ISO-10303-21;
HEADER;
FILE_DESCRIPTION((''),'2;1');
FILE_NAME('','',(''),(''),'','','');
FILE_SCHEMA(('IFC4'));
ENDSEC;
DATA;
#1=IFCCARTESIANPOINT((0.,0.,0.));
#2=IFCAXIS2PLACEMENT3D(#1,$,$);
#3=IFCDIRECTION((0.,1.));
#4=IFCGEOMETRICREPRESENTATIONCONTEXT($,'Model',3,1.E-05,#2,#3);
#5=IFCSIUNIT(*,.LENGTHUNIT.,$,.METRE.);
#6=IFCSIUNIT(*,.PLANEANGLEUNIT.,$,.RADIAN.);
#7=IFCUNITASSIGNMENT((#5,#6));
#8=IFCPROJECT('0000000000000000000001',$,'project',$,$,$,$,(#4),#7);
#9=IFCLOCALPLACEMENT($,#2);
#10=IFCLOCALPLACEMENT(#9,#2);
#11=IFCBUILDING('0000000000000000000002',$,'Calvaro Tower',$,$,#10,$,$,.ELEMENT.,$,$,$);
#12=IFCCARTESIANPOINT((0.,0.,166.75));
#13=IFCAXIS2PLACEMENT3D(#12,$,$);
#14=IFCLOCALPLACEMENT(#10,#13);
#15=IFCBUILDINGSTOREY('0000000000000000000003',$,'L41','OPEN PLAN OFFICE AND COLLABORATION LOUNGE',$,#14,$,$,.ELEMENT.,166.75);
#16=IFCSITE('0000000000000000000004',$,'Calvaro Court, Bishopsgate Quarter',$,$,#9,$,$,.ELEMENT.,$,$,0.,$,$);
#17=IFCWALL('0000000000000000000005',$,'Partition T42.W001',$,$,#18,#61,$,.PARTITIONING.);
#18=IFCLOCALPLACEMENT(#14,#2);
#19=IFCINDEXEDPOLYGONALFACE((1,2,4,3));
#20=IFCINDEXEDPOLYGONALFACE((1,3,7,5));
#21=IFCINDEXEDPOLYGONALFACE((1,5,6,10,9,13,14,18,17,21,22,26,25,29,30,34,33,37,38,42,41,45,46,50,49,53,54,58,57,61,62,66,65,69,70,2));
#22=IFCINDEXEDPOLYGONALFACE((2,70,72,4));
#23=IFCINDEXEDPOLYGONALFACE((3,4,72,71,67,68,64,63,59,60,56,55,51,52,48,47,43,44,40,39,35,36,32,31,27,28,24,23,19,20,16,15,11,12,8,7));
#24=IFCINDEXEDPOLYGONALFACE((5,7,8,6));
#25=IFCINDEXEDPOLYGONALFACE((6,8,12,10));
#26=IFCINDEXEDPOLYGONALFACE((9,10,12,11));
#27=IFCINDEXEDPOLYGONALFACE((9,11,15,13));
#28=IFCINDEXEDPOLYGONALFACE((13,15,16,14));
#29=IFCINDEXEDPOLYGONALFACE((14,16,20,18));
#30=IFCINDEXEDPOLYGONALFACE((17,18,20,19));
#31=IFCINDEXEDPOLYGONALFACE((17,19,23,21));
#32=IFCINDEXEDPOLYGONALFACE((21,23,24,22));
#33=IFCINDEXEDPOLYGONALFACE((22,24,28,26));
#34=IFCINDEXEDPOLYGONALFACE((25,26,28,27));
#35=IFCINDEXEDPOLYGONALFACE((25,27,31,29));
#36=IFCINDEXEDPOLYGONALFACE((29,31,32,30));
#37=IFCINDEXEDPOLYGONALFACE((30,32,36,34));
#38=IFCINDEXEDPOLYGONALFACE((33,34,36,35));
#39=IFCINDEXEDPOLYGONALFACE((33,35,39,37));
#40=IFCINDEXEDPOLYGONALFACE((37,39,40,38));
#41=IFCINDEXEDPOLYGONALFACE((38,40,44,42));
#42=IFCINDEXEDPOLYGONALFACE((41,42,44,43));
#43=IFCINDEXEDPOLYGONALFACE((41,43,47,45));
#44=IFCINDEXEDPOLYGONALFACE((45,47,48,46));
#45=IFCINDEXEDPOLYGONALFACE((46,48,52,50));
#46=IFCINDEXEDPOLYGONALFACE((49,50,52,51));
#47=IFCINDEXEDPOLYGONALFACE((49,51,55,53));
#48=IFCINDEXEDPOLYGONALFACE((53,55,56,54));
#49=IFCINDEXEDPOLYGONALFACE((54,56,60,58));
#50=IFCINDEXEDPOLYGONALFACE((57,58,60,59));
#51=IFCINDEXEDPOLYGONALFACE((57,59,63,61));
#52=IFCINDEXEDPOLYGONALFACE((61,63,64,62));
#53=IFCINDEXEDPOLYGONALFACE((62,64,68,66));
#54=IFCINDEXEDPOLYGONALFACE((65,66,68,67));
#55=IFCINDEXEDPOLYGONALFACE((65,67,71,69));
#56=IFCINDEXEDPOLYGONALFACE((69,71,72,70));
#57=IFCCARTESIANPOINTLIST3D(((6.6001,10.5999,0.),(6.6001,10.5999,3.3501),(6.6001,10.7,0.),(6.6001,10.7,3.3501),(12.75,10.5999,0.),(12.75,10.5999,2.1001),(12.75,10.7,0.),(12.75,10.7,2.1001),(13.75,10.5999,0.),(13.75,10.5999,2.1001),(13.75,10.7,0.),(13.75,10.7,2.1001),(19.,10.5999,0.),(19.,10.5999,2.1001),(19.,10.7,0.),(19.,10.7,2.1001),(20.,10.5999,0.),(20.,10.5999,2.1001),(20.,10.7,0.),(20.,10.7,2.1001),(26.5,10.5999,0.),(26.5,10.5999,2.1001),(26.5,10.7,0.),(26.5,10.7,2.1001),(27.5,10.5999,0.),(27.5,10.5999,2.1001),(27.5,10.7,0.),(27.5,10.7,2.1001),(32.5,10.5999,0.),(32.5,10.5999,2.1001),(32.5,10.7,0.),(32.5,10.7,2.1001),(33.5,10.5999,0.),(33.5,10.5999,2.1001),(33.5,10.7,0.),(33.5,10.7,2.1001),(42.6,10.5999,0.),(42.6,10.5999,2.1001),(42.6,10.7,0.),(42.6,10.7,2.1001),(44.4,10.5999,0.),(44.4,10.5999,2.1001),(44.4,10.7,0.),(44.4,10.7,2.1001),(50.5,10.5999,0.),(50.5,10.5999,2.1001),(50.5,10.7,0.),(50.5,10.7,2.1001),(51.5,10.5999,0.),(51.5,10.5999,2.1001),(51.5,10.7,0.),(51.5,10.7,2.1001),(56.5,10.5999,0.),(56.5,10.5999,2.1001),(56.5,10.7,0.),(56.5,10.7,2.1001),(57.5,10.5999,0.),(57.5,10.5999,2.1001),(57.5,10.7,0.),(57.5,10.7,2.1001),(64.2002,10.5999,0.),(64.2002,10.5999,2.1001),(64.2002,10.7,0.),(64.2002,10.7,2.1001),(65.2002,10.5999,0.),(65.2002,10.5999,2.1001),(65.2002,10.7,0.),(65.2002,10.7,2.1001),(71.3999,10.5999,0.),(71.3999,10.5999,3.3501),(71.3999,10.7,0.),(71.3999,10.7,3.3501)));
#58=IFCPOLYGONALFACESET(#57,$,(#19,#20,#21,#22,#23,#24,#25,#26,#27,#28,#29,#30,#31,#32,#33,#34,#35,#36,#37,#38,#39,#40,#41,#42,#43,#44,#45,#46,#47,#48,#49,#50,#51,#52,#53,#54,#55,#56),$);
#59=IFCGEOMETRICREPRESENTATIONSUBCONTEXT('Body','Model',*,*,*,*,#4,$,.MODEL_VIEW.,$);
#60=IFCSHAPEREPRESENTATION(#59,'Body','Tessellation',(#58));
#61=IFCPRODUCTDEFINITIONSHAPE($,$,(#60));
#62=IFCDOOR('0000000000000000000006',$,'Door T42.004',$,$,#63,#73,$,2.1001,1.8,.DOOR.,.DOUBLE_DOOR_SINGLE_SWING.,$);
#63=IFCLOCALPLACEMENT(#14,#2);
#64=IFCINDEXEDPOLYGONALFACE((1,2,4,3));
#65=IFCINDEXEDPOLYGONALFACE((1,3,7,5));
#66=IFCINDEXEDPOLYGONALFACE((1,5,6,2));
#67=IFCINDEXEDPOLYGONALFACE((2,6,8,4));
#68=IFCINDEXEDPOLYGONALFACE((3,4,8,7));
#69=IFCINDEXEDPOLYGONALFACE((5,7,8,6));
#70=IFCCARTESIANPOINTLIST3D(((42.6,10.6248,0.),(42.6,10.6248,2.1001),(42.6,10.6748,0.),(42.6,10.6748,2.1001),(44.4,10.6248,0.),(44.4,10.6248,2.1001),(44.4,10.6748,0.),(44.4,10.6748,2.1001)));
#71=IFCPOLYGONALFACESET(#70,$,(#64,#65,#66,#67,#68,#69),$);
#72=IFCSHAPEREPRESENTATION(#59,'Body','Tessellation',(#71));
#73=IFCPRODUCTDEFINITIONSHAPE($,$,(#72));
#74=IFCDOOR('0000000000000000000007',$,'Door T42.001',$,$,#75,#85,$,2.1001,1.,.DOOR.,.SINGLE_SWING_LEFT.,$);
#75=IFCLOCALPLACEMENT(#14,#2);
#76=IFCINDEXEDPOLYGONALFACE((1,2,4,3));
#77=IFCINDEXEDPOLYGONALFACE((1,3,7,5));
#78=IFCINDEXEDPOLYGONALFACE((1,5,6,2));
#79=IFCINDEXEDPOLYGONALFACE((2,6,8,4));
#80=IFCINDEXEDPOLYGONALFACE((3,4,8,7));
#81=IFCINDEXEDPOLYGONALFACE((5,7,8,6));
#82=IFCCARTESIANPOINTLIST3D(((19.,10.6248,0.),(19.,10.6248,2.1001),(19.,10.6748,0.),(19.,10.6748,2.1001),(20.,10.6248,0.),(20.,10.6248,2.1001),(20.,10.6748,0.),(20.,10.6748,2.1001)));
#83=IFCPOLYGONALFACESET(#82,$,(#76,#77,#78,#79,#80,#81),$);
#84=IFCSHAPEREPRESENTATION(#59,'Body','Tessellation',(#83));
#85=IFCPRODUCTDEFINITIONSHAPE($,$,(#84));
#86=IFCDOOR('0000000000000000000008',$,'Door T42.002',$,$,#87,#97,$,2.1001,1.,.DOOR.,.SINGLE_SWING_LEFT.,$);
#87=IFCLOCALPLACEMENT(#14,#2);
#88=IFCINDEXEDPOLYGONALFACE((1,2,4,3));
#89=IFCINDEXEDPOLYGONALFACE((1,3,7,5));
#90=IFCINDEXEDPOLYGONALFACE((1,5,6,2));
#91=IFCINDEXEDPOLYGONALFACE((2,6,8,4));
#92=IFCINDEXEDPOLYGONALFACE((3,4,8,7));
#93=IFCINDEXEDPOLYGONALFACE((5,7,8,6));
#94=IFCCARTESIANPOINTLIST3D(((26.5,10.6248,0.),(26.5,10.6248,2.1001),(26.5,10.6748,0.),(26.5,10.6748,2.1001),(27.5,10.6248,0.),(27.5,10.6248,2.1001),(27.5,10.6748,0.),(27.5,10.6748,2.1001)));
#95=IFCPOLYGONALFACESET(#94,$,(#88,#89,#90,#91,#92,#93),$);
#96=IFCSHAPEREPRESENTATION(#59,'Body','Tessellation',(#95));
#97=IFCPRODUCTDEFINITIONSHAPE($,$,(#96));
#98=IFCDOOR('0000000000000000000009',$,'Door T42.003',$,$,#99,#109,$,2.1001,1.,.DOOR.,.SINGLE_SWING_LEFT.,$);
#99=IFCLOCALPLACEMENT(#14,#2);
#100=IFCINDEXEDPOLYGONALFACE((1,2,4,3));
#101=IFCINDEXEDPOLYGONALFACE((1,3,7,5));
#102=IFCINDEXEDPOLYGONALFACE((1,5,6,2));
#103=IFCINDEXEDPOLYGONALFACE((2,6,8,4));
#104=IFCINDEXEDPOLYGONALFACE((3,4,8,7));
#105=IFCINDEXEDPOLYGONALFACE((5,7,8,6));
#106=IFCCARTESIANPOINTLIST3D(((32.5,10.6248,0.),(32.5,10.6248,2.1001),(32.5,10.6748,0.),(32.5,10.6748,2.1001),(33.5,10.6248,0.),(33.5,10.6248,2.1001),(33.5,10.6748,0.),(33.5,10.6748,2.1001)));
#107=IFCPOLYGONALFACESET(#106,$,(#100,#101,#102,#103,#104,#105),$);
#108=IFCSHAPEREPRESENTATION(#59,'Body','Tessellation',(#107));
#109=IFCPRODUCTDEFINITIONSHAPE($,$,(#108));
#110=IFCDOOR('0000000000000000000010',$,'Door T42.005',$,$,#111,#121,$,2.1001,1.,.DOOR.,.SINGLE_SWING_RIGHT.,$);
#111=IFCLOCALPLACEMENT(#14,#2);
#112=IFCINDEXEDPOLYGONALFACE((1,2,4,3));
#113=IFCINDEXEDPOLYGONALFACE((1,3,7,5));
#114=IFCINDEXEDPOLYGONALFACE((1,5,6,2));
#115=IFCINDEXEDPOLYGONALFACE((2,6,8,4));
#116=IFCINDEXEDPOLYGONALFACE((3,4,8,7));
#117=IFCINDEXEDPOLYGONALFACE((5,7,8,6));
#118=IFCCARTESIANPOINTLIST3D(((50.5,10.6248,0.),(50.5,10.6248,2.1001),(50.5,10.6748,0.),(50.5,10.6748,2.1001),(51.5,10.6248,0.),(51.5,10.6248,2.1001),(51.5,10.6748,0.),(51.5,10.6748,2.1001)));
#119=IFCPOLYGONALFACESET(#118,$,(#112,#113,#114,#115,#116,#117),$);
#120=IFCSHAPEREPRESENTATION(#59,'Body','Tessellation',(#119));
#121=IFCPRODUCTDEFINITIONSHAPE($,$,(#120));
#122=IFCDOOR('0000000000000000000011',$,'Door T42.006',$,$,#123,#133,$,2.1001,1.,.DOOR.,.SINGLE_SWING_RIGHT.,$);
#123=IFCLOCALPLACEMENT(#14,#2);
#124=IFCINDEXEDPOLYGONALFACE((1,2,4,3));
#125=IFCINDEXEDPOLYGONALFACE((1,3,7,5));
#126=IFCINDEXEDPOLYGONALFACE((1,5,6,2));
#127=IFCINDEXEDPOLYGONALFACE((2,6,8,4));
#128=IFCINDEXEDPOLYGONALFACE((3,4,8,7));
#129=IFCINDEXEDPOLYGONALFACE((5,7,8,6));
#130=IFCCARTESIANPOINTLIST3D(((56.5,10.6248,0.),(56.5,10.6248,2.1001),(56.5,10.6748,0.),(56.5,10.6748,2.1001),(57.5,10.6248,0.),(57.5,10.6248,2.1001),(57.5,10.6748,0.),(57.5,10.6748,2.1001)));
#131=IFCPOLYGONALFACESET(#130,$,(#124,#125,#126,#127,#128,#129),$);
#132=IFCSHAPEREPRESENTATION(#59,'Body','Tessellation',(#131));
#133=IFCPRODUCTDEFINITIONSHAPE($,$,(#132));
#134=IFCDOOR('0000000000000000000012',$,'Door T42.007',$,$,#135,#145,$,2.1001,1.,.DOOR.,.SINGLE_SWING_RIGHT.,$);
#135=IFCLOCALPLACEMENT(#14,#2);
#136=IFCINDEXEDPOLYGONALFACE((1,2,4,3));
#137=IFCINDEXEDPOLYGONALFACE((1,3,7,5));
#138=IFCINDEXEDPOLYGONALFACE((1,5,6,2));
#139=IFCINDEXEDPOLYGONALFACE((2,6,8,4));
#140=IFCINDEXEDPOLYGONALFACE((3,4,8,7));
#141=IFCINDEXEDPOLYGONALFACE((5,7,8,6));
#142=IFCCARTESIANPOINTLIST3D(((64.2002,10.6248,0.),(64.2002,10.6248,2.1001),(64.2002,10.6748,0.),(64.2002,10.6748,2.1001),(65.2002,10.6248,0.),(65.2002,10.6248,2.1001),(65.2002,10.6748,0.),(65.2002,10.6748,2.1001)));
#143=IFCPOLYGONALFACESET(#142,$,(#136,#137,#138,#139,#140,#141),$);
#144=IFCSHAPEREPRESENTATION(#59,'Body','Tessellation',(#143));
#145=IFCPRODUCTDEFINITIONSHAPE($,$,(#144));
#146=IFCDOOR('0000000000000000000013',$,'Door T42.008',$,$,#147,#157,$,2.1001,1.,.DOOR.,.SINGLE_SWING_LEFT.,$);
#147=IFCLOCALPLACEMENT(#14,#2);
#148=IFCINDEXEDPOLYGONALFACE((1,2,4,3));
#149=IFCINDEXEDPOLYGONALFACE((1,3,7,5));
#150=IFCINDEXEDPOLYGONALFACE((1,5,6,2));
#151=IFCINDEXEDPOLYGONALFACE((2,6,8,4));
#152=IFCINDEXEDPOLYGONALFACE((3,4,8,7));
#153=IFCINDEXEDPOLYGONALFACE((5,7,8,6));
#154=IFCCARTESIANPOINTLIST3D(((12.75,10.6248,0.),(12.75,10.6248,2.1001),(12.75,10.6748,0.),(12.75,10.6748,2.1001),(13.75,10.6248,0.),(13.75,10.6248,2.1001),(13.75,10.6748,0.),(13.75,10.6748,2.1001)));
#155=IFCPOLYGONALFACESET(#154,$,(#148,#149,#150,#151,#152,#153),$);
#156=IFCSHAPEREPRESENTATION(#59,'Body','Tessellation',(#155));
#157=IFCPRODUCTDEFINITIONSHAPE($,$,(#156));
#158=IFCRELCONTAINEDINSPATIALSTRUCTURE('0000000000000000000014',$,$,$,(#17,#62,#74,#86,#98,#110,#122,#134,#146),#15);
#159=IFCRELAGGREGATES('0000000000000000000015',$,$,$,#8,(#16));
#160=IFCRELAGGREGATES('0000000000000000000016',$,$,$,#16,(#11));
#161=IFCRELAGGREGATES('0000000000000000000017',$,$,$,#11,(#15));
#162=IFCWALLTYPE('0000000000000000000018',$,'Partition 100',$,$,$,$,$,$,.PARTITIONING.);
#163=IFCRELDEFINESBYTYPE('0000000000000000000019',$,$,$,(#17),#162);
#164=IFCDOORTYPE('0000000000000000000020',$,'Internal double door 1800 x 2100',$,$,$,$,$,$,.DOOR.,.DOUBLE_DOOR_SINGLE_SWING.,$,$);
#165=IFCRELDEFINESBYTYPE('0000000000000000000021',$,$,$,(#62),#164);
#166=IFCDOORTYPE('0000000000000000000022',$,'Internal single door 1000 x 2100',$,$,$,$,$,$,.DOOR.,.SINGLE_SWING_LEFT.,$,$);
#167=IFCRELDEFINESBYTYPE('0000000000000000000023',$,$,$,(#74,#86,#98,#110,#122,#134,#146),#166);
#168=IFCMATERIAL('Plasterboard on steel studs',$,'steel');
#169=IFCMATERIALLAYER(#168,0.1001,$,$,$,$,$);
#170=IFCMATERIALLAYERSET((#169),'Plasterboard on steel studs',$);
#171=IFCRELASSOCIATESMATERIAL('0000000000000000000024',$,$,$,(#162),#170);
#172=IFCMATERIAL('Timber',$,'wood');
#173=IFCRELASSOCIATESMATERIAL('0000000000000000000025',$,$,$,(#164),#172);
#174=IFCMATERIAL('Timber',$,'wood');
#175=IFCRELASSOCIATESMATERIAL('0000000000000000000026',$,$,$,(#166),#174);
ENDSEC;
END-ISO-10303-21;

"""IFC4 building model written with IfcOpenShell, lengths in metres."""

from ifc_helpers import new_model, si_unit, direction, frame, frame_2d, origin, place, context, subcontext, project, spatial, rectangle, extrude, material, layer, layer_set, type_object, element, fill, save


model = new_model("IFC4")

# Units and contexts
model_context = context("Model", 3, precision=1e-05, world=origin(), true_north=direction((0.0, 1.0)))
body_context = subcontext(model_context, "Body", "Model", "MODEL_VIEW")
ifc_project = project(units=[si_unit("LENGTHUNIT", "METRE"), si_unit("PLANEANGLEUNIT", "RADIAN")], contexts=[model_context])

# Site, building, storey
site_placement = place(None, origin())
site = spatial("IfcSite", under=ifc_project, at=site_placement, Name="Calvaro Court, Bishopsgate Quarter", CompositionType="ELEMENT", RefElevation=0.0)
building_placement = place(site_placement, origin())
building = spatial("IfcBuilding", under=site, at=building_placement, Name="Calvaro Tower", CompositionType="ELEMENT")
storey_placement = place(building_placement, frame((0.0, 0.0, 166.75)))
storey = spatial("IfcBuildingStorey", under=building, at=storey_placement, Name="L41", Description="OPEN PLAN OFFICE AND COLLABORATION LOUNGE", CompositionType="ELEMENT", Elevation=166.75)

# Wall, openings, doors
ifc_material_1 = material(Name="Plasterboard on steel studs", Category="steel")
ifc_layer_1 = layer(ifc_material_1, 0.1001)
ifc_layer_set_1 = layer_set([ifc_layer_1], Name="Plasterboard on steel studs")
wall_type_1 = type_object("IfcWallType", Name="Partition 100", PredefinedType="PARTITIONING", material=ifc_layer_set_1)
wall_1_placement = place(storey_placement, frame((6.6001, 10.6499, 0.0), z_axis=(0.0, 0.0, 1.0), x_axis=(1.0, 0.0, 0.0)))
wall_1 = element("IfcWall", 1, at=wall_1_placement, inside=storey, type_object=wall_type_1, Name="Partition T42.W001", PredefinedType="PARTITIONING", context=body_context, shape_type="SweptSolid", body=[
    extrude(rectangle(XDim=64.7998, YDim=0.1001, at=frame_2d((32.3999, 0.0))), origin(), (0.0, 0.0, 1.0), 3.3501),
])
opening_1_placement = place(wall_1_placement, frame((12.3999, 0.0, 0.0)))
opening_1 = element("IfcOpeningElement", 2, at=opening_1_placement, cuts=wall_1, PredefinedType="OPENING", context=body_context, shape_type="SweptSolid", body=[
    extrude(rectangle(XDim=1.0, YDim=2.1001, at=frame_2d((0.5, 1.05))), frame((0.0, 0.0601, 0.0), z_axis=(0.0, -1.0, 0.0), x_axis=(1.0, 0.0, 0.0)), (0.0, 0.0, 1.0), 0.1201),
])
opening_2_placement = place(wall_1_placement, frame((19.8999, 0.0, 0.0)))
opening_2 = element("IfcOpeningElement", 3, at=opening_2_placement, cuts=wall_1, PredefinedType="OPENING", context=body_context, shape_type="SweptSolid", body=[
    extrude(rectangle(XDim=1.0, YDim=2.1001, at=frame_2d((0.5, 1.05))), frame((0.0, 0.0601, 0.0), z_axis=(0.0, -1.0, 0.0), x_axis=(1.0, 0.0, 0.0)), (0.0, 0.0, 1.0), 0.1201),
])
opening_3_placement = place(wall_1_placement, frame((25.8999, 0.0, 0.0)))
opening_3 = element("IfcOpeningElement", 4, at=opening_3_placement, cuts=wall_1, PredefinedType="OPENING", context=body_context, shape_type="SweptSolid", body=[
    extrude(rectangle(XDim=1.0, YDim=2.1001, at=frame_2d((0.5, 1.05))), frame((0.0, 0.0601, 0.0), z_axis=(0.0, -1.0, 0.0), x_axis=(1.0, 0.0, 0.0)), (0.0, 0.0, 1.0), 0.1201),
])
opening_4_placement = place(wall_1_placement, frame((36.0, 0.0, 0.0)))
opening_4 = element("IfcOpeningElement", 5, at=opening_4_placement, cuts=wall_1, PredefinedType="OPENING", context=body_context, shape_type="SweptSolid", body=[
    extrude(rectangle(XDim=1.8, YDim=2.1001, at=frame_2d((0.8999, 1.05))), frame((0.0, 0.0601, 0.0), z_axis=(0.0, -1.0, 0.0), x_axis=(1.0, 0.0, 0.0)), (0.0, 0.0, 1.0), 0.1201),
])
opening_5_placement = place(wall_1_placement, frame((43.8999, 0.0, 0.0)))
opening_5 = element("IfcOpeningElement", 6, at=opening_5_placement, cuts=wall_1, PredefinedType="OPENING", context=body_context, shape_type="SweptSolid", body=[
    extrude(rectangle(XDim=1.0, YDim=2.1001, at=frame_2d((0.5, 1.05))), frame((0.0, 0.0601, 0.0), z_axis=(0.0, -1.0, 0.0), x_axis=(1.0, 0.0, 0.0)), (0.0, 0.0, 1.0), 0.1201),
])
opening_6_placement = place(wall_1_placement, frame((49.8999, 0.0, 0.0)))
opening_6 = element("IfcOpeningElement", 7, at=opening_6_placement, cuts=wall_1, PredefinedType="OPENING", context=body_context, shape_type="SweptSolid", body=[
    extrude(rectangle(XDim=1.0, YDim=2.1001, at=frame_2d((0.5, 1.05))), frame((0.0, 0.0601, 0.0), z_axis=(0.0, -1.0, 0.0), x_axis=(1.0, 0.0, 0.0)), (0.0, 0.0, 1.0), 0.1201),
])
opening_7_placement = place(wall_1_placement, frame((57.6001, 0.0, 0.0)))
opening_7 = element("IfcOpeningElement", 8, at=opening_7_placement, cuts=wall_1, PredefinedType="OPENING", context=body_context, shape_type="SweptSolid", body=[
    extrude(rectangle(XDim=1.0, YDim=2.1001, at=frame_2d((0.5, 1.05))), frame((0.0, 0.0601, 0.0), z_axis=(0.0, -1.0, 0.0), x_axis=(1.0, 0.0, 0.0)), (0.0, 0.0, 1.0), 0.1201),
])
opening_8_placement = place(wall_1_placement, frame((6.1499, 0.0, 0.0)))
opening_8 = element("IfcOpeningElement", 9, at=opening_8_placement, cuts=wall_1, PredefinedType="OPENING", context=body_context, shape_type="SweptSolid", body=[
    extrude(rectangle(XDim=1.0, YDim=2.1001, at=frame_2d((0.5, 1.05))), frame((0.0, 0.0601, 0.0), z_axis=(0.0, -1.0, 0.0), x_axis=(1.0, 0.0, 0.0)), (0.0, 0.0, 1.0), 0.1201),
])
ifc_material_2 = material(Name="Timber", Category="wood")
door_type_1 = type_object("IfcDoorType", Name="Internal double door 1800 x 2100", OperationType="DOUBLE_DOOR_SINGLE_SWING", PredefinedType="DOOR", material=ifc_material_2)
door_1_placement = place(opening_4_placement, origin())
door_1 = element("IfcDoor", 10, at=door_1_placement, inside=storey, type_object=door_type_1, Name="Door T42.004", OperationType="DOUBLE_DOOR_SINGLE_SWING", OverallHeight=2.1001, OverallWidth=1.8, PredefinedType="DOOR", context=body_context, shape_type="SweptSolid", body=[
    extrude(rectangle(XDim=1.8, YDim=2.1001, at=frame_2d((0.8999, 1.05))), frame((0.0, 0.0249, 0.0), z_axis=(0.0, -1.0, 0.0), x_axis=(1.0, 0.0, 0.0)), (0.0, 0.0, 1.0), 0.05),
])
fill(opening_4, door_1)
ifc_material_3 = material(Name="Timber", Category="wood")
door_type_2 = type_object("IfcDoorType", Name="Internal single door 1000 x 2100", OperationType="SINGLE_SWING_LEFT", PredefinedType="DOOR", material=ifc_material_3)
door_2_placement = place(opening_1_placement, origin())
door_2 = element("IfcDoor", 11, at=door_2_placement, inside=storey, type_object=door_type_2, Name="Door T42.001", OperationType="SINGLE_SWING_LEFT", OverallHeight=2.1001, OverallWidth=1.0, PredefinedType="DOOR", context=body_context, shape_type="SweptSolid", body=[
    extrude(rectangle(XDim=1.0, YDim=2.1001, at=frame_2d((0.5, 1.05))), frame((0.0, 0.0249, 0.0), z_axis=(0.0, -1.0, 0.0), x_axis=(1.0, 0.0, 0.0)), (0.0, 0.0, 1.0), 0.05),
])
fill(opening_1, door_2)
door_3_placement = place(opening_2_placement, origin())
door_3 = element("IfcDoor", 12, at=door_3_placement, inside=storey, type_object=door_type_2, Name="Door T42.002", OperationType="SINGLE_SWING_LEFT", OverallHeight=2.1001, OverallWidth=1.0, PredefinedType="DOOR", context=body_context, shape_type="SweptSolid", body=[
    extrude(rectangle(XDim=1.0, YDim=2.1001, at=frame_2d((0.5, 1.05))), frame((0.0, 0.0249, 0.0), z_axis=(0.0, -1.0, 0.0), x_axis=(1.0, 0.0, 0.0)), (0.0, 0.0, 1.0), 0.05),
])
fill(opening_2, door_3)
door_4_placement = place(opening_3_placement, origin())
door_4 = element("IfcDoor", 13, at=door_4_placement, inside=storey, type_object=door_type_2, Name="Door T42.003", OperationType="SINGLE_SWING_LEFT", OverallHeight=2.1001, OverallWidth=1.0, PredefinedType="DOOR", context=body_context, shape_type="SweptSolid", body=[
    extrude(rectangle(XDim=1.0, YDim=2.1001, at=frame_2d((0.5, 1.05))), frame((0.0, 0.0249, 0.0), z_axis=(0.0, -1.0, 0.0), x_axis=(1.0, 0.0, 0.0)), (0.0, 0.0, 1.0), 0.05),
])
fill(opening_3, door_4)
door_5_placement = place(opening_5_placement, origin())
door_5 = element("IfcDoor", 14, at=door_5_placement, inside=storey, type_object=door_type_2, Name="Door T42.005", OperationType="SINGLE_SWING_RIGHT", OverallHeight=2.1001, OverallWidth=1.0, PredefinedType="DOOR", context=body_context, shape_type="SweptSolid", body=[
    extrude(rectangle(XDim=1.0, YDim=2.1001, at=frame_2d((0.5, 1.05))), frame((0.0, 0.0249, 0.0), z_axis=(0.0, -1.0, 0.0), x_axis=(1.0, 0.0, 0.0)), (0.0, 0.0, 1.0), 0.05),
])
fill(opening_5, door_5)
door_6_placement = place(opening_6_placement, origin())
door_6 = element("IfcDoor", 15, at=door_6_placement, inside=storey, type_object=door_type_2, Name="Door T42.006", OperationType="SINGLE_SWING_RIGHT", OverallHeight=2.1001, OverallWidth=1.0, PredefinedType="DOOR", context=body_context, shape_type="SweptSolid", body=[
    extrude(rectangle(XDim=1.0, YDim=2.1001, at=frame_2d((0.5, 1.05))), frame((0.0, 0.0249, 0.0), z_axis=(0.0, -1.0, 0.0), x_axis=(1.0, 0.0, 0.0)), (0.0, 0.0, 1.0), 0.05),
])
fill(opening_6, door_6)
door_7_placement = place(opening_7_placement, origin())
door_7 = element("IfcDoor", 16, at=door_7_placement, inside=storey, type_object=door_type_2, Name="Door T42.007", OperationType="SINGLE_SWING_RIGHT", OverallHeight=2.1001, OverallWidth=1.0, PredefinedType="DOOR", context=body_context, shape_type="SweptSolid", body=[
    extrude(rectangle(XDim=1.0, YDim=2.1001, at=frame_2d((0.5, 1.05))), frame((0.0, 0.0249, 0.0), z_axis=(0.0, -1.0, 0.0), x_axis=(1.0, 0.0, 0.0)), (0.0, 0.0, 1.0), 0.05),
])
fill(opening_7, door_7)
door_8_placement = place(opening_8_placement, origin())
door_8 = element("IfcDoor", 17, at=door_8_placement, inside=storey, type_object=door_type_2, Name="Door T42.008", OperationType="SINGLE_SWING_LEFT", OverallHeight=2.1001, OverallWidth=1.0, PredefinedType="DOOR", context=body_context, shape_type="SweptSolid", body=[
    extrude(rectangle(XDim=1.0, YDim=2.1001, at=frame_2d((0.5, 1.05))), frame((0.0, 0.0249, 0.0), z_axis=(0.0, -1.0, 0.0), x_axis=(1.0, 0.0, 0.0)), (0.0, 0.0, 1.0), 0.05),
])
fill(opening_8, door_8)

save(model, "model.ifc")
